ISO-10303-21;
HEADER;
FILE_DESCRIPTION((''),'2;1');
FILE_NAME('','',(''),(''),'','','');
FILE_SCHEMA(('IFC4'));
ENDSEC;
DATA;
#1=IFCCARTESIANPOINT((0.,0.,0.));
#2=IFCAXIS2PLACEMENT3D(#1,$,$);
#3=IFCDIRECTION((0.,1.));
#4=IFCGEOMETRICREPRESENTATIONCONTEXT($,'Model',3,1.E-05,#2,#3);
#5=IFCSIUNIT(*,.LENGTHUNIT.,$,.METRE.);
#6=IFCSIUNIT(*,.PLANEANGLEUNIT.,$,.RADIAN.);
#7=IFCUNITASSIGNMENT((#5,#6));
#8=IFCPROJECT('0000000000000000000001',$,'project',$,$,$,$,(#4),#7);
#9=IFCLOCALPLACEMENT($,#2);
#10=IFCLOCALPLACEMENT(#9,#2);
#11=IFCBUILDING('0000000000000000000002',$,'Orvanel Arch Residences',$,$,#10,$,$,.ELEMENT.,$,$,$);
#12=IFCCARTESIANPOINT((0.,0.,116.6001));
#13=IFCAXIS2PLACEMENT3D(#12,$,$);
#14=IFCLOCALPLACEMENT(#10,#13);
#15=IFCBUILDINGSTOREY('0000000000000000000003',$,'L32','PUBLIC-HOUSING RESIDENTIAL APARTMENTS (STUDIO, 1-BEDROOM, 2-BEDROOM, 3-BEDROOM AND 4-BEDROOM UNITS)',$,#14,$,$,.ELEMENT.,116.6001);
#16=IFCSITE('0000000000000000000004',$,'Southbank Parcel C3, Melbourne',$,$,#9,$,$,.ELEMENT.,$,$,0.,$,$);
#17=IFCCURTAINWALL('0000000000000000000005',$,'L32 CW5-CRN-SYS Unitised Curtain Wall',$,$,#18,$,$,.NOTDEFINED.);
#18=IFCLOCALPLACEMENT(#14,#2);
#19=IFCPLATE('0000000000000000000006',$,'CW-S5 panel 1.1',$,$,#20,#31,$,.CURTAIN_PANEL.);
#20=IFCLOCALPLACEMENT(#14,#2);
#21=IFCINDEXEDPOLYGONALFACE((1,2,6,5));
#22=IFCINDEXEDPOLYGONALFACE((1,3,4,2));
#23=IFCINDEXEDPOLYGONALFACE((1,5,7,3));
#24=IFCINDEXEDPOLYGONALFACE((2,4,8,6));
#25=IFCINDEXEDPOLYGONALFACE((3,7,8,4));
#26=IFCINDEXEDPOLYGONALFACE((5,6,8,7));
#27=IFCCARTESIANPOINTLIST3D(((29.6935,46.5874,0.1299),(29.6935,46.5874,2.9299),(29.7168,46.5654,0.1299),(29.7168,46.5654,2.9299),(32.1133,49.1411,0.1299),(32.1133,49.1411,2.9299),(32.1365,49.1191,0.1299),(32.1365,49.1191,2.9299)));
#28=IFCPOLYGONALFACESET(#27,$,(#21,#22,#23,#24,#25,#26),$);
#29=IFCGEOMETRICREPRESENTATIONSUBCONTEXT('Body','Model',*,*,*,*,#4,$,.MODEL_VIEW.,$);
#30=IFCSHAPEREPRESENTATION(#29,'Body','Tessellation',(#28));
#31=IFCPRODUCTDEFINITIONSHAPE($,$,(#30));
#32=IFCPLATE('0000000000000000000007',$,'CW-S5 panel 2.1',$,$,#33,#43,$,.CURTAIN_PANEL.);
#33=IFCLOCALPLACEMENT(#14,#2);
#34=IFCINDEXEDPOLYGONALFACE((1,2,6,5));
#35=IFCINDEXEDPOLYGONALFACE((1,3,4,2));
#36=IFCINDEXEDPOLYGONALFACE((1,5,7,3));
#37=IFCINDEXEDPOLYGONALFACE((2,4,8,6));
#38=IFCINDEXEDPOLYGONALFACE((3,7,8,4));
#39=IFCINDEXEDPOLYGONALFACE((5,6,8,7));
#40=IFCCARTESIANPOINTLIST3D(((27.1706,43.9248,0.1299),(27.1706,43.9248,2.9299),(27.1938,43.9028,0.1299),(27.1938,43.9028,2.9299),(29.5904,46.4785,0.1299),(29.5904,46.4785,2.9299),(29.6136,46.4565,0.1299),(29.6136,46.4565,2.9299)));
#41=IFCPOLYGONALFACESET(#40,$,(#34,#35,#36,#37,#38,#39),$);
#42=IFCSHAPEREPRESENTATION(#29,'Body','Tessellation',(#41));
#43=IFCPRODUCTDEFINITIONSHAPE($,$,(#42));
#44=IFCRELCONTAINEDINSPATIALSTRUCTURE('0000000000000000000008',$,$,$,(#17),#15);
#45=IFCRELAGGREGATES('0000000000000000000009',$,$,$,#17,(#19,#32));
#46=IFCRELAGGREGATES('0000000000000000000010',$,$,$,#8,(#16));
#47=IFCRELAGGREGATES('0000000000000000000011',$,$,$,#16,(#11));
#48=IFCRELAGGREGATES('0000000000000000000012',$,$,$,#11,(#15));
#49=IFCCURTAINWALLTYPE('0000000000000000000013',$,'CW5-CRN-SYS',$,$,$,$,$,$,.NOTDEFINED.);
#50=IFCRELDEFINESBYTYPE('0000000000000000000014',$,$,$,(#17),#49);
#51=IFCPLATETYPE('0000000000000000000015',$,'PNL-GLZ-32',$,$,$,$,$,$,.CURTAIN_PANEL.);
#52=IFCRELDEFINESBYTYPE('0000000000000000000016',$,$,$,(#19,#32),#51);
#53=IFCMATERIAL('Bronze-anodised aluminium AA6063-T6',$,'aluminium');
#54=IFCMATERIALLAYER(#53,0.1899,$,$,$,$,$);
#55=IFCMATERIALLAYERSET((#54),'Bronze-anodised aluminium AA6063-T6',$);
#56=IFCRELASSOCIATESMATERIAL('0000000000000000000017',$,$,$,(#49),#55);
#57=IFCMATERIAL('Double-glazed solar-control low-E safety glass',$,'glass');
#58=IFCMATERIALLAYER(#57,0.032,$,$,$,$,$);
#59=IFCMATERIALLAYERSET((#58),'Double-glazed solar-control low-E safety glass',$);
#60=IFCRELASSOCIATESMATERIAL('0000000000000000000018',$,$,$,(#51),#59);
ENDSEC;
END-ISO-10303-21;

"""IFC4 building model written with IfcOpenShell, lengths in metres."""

from ifc_helpers import new_model, si_unit, direction, frame, origin, origin_2d, place, context, subcontext, project, spatial, rectangle, extrude, material, layer, layer_set, type_object, element, aggregate, save


model = new_model("IFC4")

# Units and contexts
model_context = context("Model", 3, precision=1e-05, world=origin(), true_north=direction((0.0, 1.0)))
body_context = subcontext(model_context, "Body", "Model", "MODEL_VIEW")
ifc_project = project(units=[si_unit("LENGTHUNIT", "METRE"), si_unit("PLANEANGLEUNIT", "RADIAN")], contexts=[model_context])

# Site, building, storey
site_placement = place(None, origin())
site = spatial("IfcSite", under=ifc_project, at=site_placement, Name="Southbank Parcel C3, Melbourne", CompositionType="ELEMENT", RefElevation=0.0)
building_placement = place(site_placement, origin())
building = spatial("IfcBuilding", under=site, at=building_placement, Name="Orvanel Arch Residences", CompositionType="ELEMENT")
storey_placement = place(building_placement, frame((0.0, 0.0, 116.6001)))
storey = spatial("IfcBuildingStorey", under=building, at=storey_placement, Name="L32", Description="PUBLIC-HOUSING RESIDENTIAL APARTMENTS (STUDIO, 1-BEDROOM, 2-BEDROOM, 3-BEDROOM AND 4-BEDROOM UNITS)", CompositionType="ELEMENT", Elevation=116.6001)

# Shared definitions
ifc_material_1 = material(Name="Bronze-anodised aluminium AA6063-T6", Category="aluminium")
ifc_layer_1 = layer(ifc_material_1, 0.1899)
ifc_layer_set_1 = layer_set([ifc_layer_1], Name="Bronze-anodised aluminium AA6063-T6")
curtain_wall_type_1 = type_object("IfcCurtainWallType", Name="CW5-CRN-SYS", PredefinedType="NOTDEFINED", material=ifc_layer_set_1)

# Curtain wall
curtain_wall_1_placement = place(storey_placement, origin())
curtain_wall_1 = element("IfcCurtainWall", 1, at=curtain_wall_1_placement, inside=storey, type_object=curtain_wall_type_1, Name="L32 CW5-CRN-SYS Unitised Curtain Wall", PredefinedType="NOTDEFINED")

# Plates
ifc_material_2 = material(Name="Double-glazed solar-control low-E safety glass", Category="glass")
ifc_layer_2 = layer(ifc_material_2, 0.032)
ifc_layer_set_2 = layer_set([ifc_layer_2], Name="Double-glazed solar-control low-E safety glass")
plate_type_1 = type_object("IfcPlateType", Name="PNL-GLZ-32", PredefinedType="CURTAIN_PANEL", material=ifc_layer_set_2)
plate_1_placement = place(storey_placement, frame((30.915, 47.8533, 0.1299), z_axis=(0.0, 0.0, 1.0), x_axis=(-0.687815, -0.725886, 0.0)))
plate_1 = element("IfcPlate", 2, at=plate_1_placement, type_object=plate_type_1, Name="CW-S5 panel 1.1", PredefinedType="CURTAIN_PANEL", context=body_context, shape_type="SweptSolid", body=[
    extrude(rectangle(XDim=3.5181, YDim=0.032, at=origin_2d()), origin(), (0.0, 0.0, 1.0), 2.8),
])
plate_2_placement = place(storey_placement, frame((28.3921, 45.1907, 0.1299), z_axis=(0.0, 0.0, 1.0), x_axis=(-0.687815, -0.725886, 0.0)))
plate_2 = element("IfcPlate", 3, at=plate_2_placement, type_object=plate_type_1, Name="CW-S5 panel 2.1", PredefinedType="CURTAIN_PANEL", context=body_context, shape_type="SweptSolid", body=[
    extrude(rectangle(XDim=3.5181, YDim=0.032, at=origin_2d()), origin(), (0.0, 0.0, 1.0), 2.8),
])
aggregate(curtain_wall_1, [plate_1, plate_2])

save(model, "model.ifc")
